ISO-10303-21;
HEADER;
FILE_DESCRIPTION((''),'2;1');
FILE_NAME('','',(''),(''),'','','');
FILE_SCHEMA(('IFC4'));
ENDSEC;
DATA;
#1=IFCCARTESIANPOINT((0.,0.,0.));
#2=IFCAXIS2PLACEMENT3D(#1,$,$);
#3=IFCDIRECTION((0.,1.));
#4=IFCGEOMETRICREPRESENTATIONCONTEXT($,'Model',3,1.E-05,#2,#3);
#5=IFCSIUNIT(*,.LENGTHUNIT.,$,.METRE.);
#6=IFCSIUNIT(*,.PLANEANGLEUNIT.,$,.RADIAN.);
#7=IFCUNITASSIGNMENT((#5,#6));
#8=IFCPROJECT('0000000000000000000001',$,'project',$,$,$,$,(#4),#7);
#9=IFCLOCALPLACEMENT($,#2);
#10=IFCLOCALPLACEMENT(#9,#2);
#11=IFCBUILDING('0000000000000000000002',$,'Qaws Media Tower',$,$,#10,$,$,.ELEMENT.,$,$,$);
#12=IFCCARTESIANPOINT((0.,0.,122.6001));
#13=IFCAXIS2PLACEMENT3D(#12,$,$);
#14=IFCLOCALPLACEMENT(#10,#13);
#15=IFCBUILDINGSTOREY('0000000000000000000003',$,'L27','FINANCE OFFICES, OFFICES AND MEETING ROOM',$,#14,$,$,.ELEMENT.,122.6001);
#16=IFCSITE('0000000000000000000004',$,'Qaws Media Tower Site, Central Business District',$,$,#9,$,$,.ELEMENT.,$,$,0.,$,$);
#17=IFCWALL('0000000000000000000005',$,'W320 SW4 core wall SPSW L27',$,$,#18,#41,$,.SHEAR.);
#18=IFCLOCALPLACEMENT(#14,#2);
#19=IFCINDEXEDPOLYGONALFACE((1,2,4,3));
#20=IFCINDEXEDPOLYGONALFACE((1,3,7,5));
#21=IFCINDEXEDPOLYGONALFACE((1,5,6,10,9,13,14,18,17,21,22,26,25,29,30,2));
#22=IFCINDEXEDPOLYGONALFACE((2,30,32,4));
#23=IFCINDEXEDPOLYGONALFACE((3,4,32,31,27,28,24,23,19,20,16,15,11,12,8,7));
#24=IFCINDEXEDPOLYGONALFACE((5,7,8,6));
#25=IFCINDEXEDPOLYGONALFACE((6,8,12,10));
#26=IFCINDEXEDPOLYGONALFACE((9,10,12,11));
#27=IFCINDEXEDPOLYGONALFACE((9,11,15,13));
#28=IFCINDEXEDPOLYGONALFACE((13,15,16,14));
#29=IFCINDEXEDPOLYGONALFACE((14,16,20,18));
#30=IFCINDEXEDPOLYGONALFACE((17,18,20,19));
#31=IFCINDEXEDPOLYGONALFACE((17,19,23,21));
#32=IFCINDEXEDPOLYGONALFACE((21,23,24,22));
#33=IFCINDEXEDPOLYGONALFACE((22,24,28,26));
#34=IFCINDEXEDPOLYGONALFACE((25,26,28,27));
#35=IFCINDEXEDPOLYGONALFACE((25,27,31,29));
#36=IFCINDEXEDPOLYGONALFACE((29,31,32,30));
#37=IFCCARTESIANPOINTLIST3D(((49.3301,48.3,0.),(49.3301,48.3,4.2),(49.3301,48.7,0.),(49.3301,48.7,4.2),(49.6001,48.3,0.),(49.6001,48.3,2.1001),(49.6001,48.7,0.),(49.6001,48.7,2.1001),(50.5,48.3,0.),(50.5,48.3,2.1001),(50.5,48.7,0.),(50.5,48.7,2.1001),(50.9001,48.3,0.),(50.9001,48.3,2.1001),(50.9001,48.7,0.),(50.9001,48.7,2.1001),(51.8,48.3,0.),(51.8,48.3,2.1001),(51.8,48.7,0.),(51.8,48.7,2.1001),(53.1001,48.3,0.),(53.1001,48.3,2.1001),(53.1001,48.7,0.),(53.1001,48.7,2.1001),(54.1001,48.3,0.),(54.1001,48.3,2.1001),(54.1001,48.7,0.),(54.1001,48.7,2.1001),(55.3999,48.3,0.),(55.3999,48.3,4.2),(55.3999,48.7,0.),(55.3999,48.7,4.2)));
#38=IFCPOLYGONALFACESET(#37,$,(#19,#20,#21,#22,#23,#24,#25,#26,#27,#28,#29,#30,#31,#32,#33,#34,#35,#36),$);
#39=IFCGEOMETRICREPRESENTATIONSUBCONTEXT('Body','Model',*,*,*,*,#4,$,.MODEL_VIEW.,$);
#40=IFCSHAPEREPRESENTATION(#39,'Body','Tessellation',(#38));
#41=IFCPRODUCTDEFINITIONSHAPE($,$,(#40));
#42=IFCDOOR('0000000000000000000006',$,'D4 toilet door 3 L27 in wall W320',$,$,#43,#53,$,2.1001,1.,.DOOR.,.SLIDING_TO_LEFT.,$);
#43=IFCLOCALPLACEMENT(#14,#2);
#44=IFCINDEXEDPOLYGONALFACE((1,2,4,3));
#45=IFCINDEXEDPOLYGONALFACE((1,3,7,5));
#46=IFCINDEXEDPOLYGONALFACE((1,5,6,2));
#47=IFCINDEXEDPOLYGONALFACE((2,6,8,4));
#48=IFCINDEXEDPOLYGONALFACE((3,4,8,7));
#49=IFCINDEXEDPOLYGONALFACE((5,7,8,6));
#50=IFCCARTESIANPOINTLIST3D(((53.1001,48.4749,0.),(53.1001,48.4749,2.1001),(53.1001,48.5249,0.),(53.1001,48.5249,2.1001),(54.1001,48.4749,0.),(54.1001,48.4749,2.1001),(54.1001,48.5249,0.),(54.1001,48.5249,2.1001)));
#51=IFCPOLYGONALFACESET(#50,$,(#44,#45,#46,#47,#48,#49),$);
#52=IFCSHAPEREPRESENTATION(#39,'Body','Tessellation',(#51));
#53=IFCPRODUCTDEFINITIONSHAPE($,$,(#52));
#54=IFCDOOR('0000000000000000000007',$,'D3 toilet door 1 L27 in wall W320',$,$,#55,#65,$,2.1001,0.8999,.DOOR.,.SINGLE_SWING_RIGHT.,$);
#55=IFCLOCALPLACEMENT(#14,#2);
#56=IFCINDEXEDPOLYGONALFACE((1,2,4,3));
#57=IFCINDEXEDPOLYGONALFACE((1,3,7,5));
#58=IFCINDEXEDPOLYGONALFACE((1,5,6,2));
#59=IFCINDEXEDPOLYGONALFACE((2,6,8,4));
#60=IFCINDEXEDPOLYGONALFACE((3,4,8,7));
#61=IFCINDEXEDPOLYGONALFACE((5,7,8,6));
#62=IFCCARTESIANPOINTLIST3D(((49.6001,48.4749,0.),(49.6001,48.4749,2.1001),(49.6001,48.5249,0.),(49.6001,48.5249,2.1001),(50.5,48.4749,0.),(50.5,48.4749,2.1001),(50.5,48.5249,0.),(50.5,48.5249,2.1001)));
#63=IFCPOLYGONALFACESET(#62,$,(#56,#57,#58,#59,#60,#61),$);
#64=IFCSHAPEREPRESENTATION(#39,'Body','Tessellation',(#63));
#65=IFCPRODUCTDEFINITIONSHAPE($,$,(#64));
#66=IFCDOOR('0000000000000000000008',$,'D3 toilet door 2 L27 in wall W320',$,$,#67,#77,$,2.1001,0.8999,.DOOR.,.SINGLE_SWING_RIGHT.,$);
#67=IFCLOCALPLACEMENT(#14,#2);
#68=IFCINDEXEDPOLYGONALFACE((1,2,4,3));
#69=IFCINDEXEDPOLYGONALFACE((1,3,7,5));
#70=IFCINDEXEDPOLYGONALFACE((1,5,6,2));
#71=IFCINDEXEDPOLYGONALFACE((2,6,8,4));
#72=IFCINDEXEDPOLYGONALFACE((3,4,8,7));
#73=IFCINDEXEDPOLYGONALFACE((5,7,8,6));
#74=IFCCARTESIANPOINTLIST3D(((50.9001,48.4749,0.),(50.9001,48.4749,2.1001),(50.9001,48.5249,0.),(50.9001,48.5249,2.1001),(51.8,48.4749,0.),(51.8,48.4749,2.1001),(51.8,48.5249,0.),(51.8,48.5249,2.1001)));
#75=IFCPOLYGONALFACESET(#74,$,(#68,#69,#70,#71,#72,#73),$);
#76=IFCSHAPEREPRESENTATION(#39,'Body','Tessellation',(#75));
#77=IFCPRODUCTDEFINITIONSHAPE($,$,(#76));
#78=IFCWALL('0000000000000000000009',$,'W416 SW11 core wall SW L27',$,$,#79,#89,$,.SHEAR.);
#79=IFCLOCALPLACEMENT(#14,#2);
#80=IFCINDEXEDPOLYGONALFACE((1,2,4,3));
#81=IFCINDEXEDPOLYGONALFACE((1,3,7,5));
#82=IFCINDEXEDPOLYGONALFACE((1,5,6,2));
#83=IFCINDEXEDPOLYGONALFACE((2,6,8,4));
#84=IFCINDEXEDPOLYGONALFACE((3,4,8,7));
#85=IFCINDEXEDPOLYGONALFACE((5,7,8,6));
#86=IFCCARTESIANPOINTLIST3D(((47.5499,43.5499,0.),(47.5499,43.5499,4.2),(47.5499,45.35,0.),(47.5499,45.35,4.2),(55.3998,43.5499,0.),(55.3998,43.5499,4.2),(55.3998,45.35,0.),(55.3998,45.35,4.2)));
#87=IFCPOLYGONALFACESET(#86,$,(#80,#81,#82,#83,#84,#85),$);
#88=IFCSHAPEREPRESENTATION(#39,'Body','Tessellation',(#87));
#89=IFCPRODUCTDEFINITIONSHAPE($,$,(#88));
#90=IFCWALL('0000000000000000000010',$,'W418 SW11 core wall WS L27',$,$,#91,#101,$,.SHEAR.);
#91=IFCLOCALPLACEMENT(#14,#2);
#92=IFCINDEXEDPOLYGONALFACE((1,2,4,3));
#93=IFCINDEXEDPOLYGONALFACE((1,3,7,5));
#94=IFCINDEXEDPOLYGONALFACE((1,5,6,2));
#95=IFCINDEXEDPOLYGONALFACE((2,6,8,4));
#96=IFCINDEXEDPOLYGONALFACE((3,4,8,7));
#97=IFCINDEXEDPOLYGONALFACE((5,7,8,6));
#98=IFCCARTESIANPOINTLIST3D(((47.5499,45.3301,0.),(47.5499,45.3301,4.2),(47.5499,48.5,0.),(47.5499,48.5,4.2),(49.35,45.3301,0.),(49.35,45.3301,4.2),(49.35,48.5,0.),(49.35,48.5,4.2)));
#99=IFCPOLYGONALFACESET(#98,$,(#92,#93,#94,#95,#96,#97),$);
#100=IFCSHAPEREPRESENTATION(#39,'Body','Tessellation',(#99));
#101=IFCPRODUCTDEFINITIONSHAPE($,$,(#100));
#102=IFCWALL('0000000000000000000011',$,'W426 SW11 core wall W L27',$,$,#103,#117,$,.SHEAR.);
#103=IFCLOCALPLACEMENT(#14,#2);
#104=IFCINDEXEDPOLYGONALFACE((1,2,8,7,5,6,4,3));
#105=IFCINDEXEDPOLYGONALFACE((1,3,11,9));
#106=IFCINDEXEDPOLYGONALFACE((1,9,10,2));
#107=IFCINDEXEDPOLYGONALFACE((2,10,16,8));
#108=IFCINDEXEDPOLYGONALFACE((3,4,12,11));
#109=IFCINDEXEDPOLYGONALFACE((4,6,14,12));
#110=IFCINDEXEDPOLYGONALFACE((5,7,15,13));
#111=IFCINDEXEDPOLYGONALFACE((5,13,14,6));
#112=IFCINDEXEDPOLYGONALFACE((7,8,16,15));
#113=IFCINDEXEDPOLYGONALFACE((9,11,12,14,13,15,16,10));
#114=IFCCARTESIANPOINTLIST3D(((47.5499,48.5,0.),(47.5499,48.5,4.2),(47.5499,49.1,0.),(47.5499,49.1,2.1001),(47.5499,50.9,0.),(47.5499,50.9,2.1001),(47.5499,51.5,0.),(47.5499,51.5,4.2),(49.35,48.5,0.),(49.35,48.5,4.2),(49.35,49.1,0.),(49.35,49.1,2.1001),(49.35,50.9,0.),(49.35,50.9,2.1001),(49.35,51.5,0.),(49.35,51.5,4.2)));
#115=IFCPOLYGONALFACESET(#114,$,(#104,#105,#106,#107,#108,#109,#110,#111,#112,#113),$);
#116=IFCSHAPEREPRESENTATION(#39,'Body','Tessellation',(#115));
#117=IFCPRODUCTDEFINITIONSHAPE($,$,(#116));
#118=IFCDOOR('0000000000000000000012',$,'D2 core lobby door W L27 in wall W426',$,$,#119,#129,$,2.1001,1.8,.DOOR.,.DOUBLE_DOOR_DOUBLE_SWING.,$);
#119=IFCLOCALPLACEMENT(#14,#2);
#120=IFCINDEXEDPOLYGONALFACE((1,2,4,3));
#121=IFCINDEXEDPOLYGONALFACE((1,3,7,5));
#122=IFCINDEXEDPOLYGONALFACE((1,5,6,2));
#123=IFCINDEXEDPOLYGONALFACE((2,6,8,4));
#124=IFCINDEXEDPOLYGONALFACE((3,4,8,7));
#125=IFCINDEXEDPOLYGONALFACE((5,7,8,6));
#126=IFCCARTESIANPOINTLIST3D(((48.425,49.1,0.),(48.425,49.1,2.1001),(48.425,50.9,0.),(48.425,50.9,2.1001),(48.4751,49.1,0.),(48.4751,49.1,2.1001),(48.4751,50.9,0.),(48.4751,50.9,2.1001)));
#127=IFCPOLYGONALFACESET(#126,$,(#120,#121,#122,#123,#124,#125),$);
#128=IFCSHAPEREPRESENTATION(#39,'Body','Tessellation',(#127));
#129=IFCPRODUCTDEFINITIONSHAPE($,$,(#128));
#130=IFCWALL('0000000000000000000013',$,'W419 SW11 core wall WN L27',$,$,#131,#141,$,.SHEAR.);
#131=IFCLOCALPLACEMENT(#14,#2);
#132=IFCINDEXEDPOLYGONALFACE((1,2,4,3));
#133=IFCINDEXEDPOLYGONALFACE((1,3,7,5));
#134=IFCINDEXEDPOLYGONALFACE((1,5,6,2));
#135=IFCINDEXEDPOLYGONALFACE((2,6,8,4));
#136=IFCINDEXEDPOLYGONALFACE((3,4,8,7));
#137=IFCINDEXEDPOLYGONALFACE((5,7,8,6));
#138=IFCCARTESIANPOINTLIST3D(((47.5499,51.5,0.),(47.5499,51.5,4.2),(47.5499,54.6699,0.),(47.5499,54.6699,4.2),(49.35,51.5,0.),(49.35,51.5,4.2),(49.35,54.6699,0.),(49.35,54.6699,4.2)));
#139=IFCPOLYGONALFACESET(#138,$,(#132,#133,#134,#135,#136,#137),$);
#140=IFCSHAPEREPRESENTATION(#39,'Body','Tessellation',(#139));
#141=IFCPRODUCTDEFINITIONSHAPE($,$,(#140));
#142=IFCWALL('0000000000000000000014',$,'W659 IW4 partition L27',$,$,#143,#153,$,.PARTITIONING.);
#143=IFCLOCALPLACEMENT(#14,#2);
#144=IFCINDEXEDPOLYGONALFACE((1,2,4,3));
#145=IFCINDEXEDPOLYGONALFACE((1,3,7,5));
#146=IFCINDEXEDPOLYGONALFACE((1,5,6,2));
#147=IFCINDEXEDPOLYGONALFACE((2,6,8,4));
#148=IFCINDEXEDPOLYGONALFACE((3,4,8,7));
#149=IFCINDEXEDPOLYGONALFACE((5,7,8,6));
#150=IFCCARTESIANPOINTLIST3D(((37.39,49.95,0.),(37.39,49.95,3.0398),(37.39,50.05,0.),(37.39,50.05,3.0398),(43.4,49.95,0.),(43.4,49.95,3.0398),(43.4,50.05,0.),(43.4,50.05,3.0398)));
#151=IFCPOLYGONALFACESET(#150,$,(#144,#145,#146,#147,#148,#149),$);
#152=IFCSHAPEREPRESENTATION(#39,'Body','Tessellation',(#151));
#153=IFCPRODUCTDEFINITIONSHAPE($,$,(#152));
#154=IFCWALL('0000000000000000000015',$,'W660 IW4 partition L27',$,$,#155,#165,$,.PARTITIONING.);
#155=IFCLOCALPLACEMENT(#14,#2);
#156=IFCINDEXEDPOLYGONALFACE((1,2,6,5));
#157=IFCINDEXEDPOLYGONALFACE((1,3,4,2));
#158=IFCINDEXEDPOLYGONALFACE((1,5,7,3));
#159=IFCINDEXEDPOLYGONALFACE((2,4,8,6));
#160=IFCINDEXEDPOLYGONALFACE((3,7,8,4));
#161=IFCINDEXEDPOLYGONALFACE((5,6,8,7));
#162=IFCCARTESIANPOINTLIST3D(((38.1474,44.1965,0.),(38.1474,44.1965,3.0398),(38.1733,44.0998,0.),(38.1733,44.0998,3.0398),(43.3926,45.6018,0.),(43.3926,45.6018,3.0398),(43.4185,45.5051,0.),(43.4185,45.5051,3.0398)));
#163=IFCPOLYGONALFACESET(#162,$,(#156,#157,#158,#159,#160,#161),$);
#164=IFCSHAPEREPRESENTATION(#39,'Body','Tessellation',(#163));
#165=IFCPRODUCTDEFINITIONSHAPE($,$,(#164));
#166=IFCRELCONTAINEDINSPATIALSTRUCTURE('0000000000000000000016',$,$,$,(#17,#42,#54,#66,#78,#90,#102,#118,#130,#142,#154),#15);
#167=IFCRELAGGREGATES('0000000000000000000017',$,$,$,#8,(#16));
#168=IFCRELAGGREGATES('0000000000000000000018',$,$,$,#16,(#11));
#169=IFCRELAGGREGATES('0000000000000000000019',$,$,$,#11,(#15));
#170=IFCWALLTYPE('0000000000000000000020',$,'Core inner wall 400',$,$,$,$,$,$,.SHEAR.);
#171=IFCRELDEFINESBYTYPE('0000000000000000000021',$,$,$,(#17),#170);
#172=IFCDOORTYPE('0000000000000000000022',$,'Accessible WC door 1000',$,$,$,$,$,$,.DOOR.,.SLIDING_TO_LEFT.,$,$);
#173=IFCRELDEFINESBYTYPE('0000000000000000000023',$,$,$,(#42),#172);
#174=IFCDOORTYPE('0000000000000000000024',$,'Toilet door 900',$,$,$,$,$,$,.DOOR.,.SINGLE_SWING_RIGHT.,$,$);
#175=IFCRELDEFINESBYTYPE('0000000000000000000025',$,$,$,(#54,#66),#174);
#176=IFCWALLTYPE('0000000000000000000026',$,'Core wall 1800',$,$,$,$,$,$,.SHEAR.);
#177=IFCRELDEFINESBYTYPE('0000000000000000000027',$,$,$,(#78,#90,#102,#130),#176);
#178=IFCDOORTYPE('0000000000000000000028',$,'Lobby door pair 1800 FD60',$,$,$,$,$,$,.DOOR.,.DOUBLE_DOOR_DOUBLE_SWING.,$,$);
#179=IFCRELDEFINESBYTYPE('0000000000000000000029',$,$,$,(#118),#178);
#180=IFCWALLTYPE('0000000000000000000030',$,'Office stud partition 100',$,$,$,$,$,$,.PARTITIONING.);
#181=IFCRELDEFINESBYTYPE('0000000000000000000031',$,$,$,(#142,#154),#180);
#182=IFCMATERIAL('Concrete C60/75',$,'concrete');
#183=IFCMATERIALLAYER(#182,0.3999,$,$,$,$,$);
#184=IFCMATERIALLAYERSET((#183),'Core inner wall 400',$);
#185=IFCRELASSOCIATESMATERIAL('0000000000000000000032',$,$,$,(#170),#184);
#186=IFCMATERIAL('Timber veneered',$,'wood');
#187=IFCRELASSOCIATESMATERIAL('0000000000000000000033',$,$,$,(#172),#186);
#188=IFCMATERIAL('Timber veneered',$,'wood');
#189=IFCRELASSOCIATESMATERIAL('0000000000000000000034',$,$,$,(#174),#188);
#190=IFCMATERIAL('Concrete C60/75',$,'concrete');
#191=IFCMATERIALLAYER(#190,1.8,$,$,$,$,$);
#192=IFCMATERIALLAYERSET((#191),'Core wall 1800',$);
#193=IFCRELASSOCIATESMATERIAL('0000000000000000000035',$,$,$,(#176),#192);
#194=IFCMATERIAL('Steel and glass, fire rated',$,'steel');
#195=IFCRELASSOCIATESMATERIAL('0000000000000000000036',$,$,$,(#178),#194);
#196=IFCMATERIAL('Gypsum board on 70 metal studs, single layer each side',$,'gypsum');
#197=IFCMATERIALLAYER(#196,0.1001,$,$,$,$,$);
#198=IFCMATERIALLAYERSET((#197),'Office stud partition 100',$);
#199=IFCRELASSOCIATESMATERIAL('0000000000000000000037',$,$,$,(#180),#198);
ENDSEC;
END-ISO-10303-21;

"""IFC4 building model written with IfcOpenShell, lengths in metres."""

from ifc_helpers import new_model, si_unit, direction, frame, frame_2d, origin, place, context, subcontext, project, spatial, rectangle, extrude, material, layer, layer_set, type_object, element, fill, save


model = new_model("IFC4")

# Units and contexts
model_context = context("Model", 3, precision=1e-05, world=origin(), true_north=direction((0.0, 1.0)))
body_context = subcontext(model_context, "Body", "Model", "MODEL_VIEW")
ifc_project = project(units=[si_unit("LENGTHUNIT", "METRE"), si_unit("PLANEANGLEUNIT", "RADIAN")], contexts=[model_context])

# Site, building, storey
site_placement = place(None, origin())
site = spatial("IfcSite", under=ifc_project, at=site_placement, Name="Qaws Media Tower Site, Central Business District", CompositionType="ELEMENT", RefElevation=0.0)
building_placement = place(site_placement, origin())
building = spatial("IfcBuilding", under=site, at=building_placement, Name="Qaws Media Tower", CompositionType="ELEMENT")
storey_placement = place(building_placement, frame((0.0, 0.0, 122.6001)))
storey = spatial("IfcBuildingStorey", under=building, at=storey_placement, Name="L27", Description="FINANCE OFFICES, OFFICES AND MEETING ROOM", CompositionType="ELEMENT", Elevation=122.6001)

# Shared definitions
ifc_material_1 = material(Name="Concrete C60/75", Category="concrete")
ifc_layer_1 = layer(ifc_material_1, 0.3999)
ifc_layer_set_1 = layer_set([ifc_layer_1], Name="Core inner wall 400")
wall_type_1 = type_object("IfcWallType", Name="Core inner wall 400", PredefinedType="SHEAR", material=ifc_layer_set_1)

# Wall, openings, doors
wall_1_placement = place(storey_placement, frame((49.3301, 48.5, 0.0), z_axis=(0.0, 0.0, 1.0), x_axis=(1.0, 0.0, 0.0)))
wall_1 = element("IfcWall", 1, at=wall_1_placement, inside=storey, type_object=wall_type_1, Name="W320 SW4 core wall SPSW L27", PredefinedType="SHEAR", context=body_context, shape_type="SweptSolid", body=[
    extrude(rectangle(XDim=6.0698, YDim=0.3999, at=frame_2d((3.0349, 0.0))), origin(), (0.0, 0.0, 1.0), 4.2),
])
opening_1_placement = place(wall_1_placement, frame((0.27, 0.0, 0.0)))
opening_1 = element("IfcOpeningElement", 2, at=opening_1_placement, cuts=wall_1, PredefinedType="OPENING", context=body_context, shape_type="SweptSolid", body=[
    extrude(rectangle(XDim=0.8999, YDim=2.1001, at=frame_2d((0.45, 1.05))), frame((0.0, 0.21, 0.0), z_axis=(0.0, -1.0, 0.0), x_axis=(1.0, 0.0, 0.0)), (0.0, 0.0, 1.0), 0.4199),
])
opening_2_placement = place(wall_1_placement, frame((1.5701, 0.0, 0.0)))
opening_2 = element("IfcOpeningElement", 3, at=opening_2_placement, cuts=wall_1, PredefinedType="OPENING", context=body_context, shape_type="SweptSolid", body=[
    extrude(rectangle(XDim=0.8999, YDim=2.1001, at=frame_2d((0.45, 1.05))), frame((0.0, 0.21, 0.0), z_axis=(0.0, -1.0, 0.0), x_axis=(1.0, 0.0, 0.0)), (0.0, 0.0, 1.0), 0.4199),
])
opening_3_placement = place(wall_1_placement, frame((3.77, 0.0, 0.0)))
opening_3 = element("IfcOpeningElement", 4, at=opening_3_placement, cuts=wall_1, PredefinedType="OPENING", context=body_context, shape_type="SweptSolid", body=[
    extrude(rectangle(XDim=1.0, YDim=2.1001, at=frame_2d((0.5, 1.05))), frame((0.0, 0.21, 0.0), z_axis=(0.0, -1.0, 0.0), x_axis=(1.0, 0.0, 0.0)), (0.0, 0.0, 1.0), 0.4199),
])
ifc_material_2 = material(Name="Timber veneered", Category="wood")
door_type_1 = type_object("IfcDoorType", Name="Accessible WC door 1000", OperationType="SLIDING_TO_LEFT", PredefinedType="DOOR", material=ifc_material_2)
door_1_placement = place(opening_3_placement, origin())
door_1 = element("IfcDoor", 5, at=door_1_placement, inside=storey, type_object=door_type_1, Name="D4 toilet door 3 L27 in wall W320", OperationType="SLIDING_TO_LEFT", OverallHeight=2.1001, OverallWidth=1.0, PredefinedType="DOOR", context=body_context, shape_type="SweptSolid", body=[
    extrude(rectangle(XDim=1.0, YDim=2.1001, at=frame_2d((0.5, 1.05))), frame((0.0, 0.0249, 0.0), z_axis=(0.0, -1.0, 0.0), x_axis=(1.0, 0.0, 0.0)), (0.0, 0.0, 1.0), 0.05),
])
fill(opening_3, door_1)
ifc_material_3 = material(Name="Timber veneered", Category="wood")
door_type_2 = type_object("IfcDoorType", Name="Toilet door 900", OperationType="SINGLE_SWING_RIGHT", PredefinedType="DOOR", material=ifc_material_3)
door_2_placement = place(opening_1_placement, origin())
door_2 = element("IfcDoor", 6, at=door_2_placement, inside=storey, type_object=door_type_2, Name="D3 toilet door 1 L27 in wall W320", OperationType="SINGLE_SWING_RIGHT", OverallHeight=2.1001, OverallWidth=0.8999, PredefinedType="DOOR", context=body_context, shape_type="SweptSolid", body=[
    extrude(rectangle(XDim=0.8999, YDim=2.1001, at=frame_2d((0.45, 1.05))), frame((0.0, 0.0249, 0.0), z_axis=(0.0, -1.0, 0.0), x_axis=(1.0, 0.0, 0.0)), (0.0, 0.0, 1.0), 0.05),
])
fill(opening_1, door_2)
door_3_placement = place(opening_2_placement, origin())
door_3 = element("IfcDoor", 7, at=door_3_placement, inside=storey, type_object=door_type_2, Name="D3 toilet door 2 L27 in wall W320", OperationType="SINGLE_SWING_RIGHT", OverallHeight=2.1001, OverallWidth=0.8999, PredefinedType="DOOR", context=body_context, shape_type="SweptSolid", body=[
    extrude(rectangle(XDim=0.8999, YDim=2.1001, at=frame_2d((0.45, 1.05))), frame((0.0, 0.0249, 0.0), z_axis=(0.0, -1.0, 0.0), x_axis=(1.0, 0.0, 0.0)), (0.0, 0.0, 1.0), 0.05),
])
fill(opening_2, door_3)

# Walls
ifc_material_4 = material(Name="Concrete C60/75", Category="concrete")
ifc_layer_2 = layer(ifc_material_4, 1.8)
ifc_layer_set_2 = layer_set([ifc_layer_2], Name="Core wall 1800")
wall_type_2 = type_object("IfcWallType", Name="Core wall 1800", PredefinedType="SHEAR", material=ifc_layer_set_2)
wall_2_placement = place(storey_placement, frame((47.55, 44.45, 0.0), z_axis=(0.0, 0.0, 1.0), x_axis=(1.0, 0.0, 0.0)))
element("IfcWall", 8, at=wall_2_placement, inside=storey, type_object=wall_type_2, Name="W416 SW11 core wall SW L27", PredefinedType="SHEAR", context=body_context, shape_type="SweptSolid", body=[
    extrude(rectangle(XDim=7.8499, YDim=1.8, at=frame_2d((3.9248, 0.0))), origin(), (0.0, 0.0, 1.0), 4.2),
])
wall_3_placement = place(storey_placement, frame((48.45, 45.3301, 0.0), z_axis=(0.0, 0.0, 1.0), x_axis=(0.0, 1.0, 0.0)))
element("IfcWall", 9, at=wall_3_placement, inside=storey, type_object=wall_type_2, Name="W418 SW11 core wall WS L27", PredefinedType="SHEAR", context=body_context, shape_type="SweptSolid", body=[
    extrude(rectangle(XDim=3.1699, YDim=1.8, at=frame_2d((1.585, 0.0))), origin(), (0.0, 0.0, 1.0), 4.2),
])

# Wall, opening, door
wall_4_placement = place(storey_placement, frame((48.45, 48.5, 0.0), z_axis=(0.0, 0.0, 1.0), x_axis=(0.0, 1.0, 0.0)))
wall_4 = element("IfcWall", 10, at=wall_4_placement, inside=storey, type_object=wall_type_2, Name="W426 SW11 core wall W L27", PredefinedType="SHEAR", context=body_context, shape_type="SweptSolid", body=[
    extrude(rectangle(XDim=3.0, YDim=1.8, at=frame_2d((1.5, 0.0))), origin(), (0.0, 0.0, 1.0), 4.2),
])
opening_4_placement = place(wall_4_placement, frame((0.6001, 0.0, 0.0)))
opening_4 = element("IfcOpeningElement", 11, at=opening_4_placement, cuts=wall_4, PredefinedType="OPENING", context=body_context, shape_type="SweptSolid", body=[
    extrude(rectangle(XDim=1.8, YDim=2.1001, at=frame_2d((0.8999, 1.05))), frame((0.0, 0.9099, 0.0), z_axis=(0.0, -1.0, 0.0), x_axis=(1.0, 0.0, 0.0)), (0.0, 0.0, 1.0), 1.8201),
])
ifc_material_5 = material(Name="Steel and glass, fire rated", Category="steel")
door_type_3 = type_object("IfcDoorType", Name="Lobby door pair 1800 FD60", OperationType="DOUBLE_DOOR_DOUBLE_SWING", PredefinedType="DOOR", material=ifc_material_5)
door_4_placement = place(opening_4_placement, origin())
door_4 = element("IfcDoor", 12, at=door_4_placement, inside=storey, type_object=door_type_3, Name="D2 core lobby door W L27 in wall W426", OperationType="DOUBLE_DOOR_DOUBLE_SWING", OverallHeight=2.1001, OverallWidth=1.8, PredefinedType="DOOR", context=body_context, shape_type="SweptSolid", body=[
    extrude(rectangle(XDim=1.8, YDim=2.1001, at=frame_2d((0.8999, 1.05))), frame((0.0, 0.0249, 0.0), z_axis=(0.0, -1.0, 0.0), x_axis=(1.0, 0.0, 0.0)), (0.0, 0.0, 1.0), 0.05),
])
fill(opening_4, door_4)

# Walls
wall_5_placement = place(storey_placement, frame((48.45, 51.5, 0.0), z_axis=(0.0, 0.0, 1.0), x_axis=(0.0, 1.0, 0.0)))
element("IfcWall", 13, at=wall_5_placement, inside=storey, type_object=wall_type_2, Name="W419 SW11 core wall WN L27", PredefinedType="SHEAR", context=body_context, shape_type="SweptSolid", body=[
    extrude(rectangle(XDim=3.1699, YDim=1.8, at=frame_2d((1.585, 0.0))), origin(), (0.0, 0.0, 1.0), 4.2),
])
ifc_material_6 = material(Name="Gypsum board on 70 metal studs, single layer each side", Category="gypsum")
ifc_layer_3 = layer(ifc_material_6, 0.1001)
ifc_layer_set_3 = layer_set([ifc_layer_3], Name="Office stud partition 100")
wall_type_3 = type_object("IfcWallType", Name="Office stud partition 100", PredefinedType="PARTITIONING", material=ifc_layer_set_3)
wall_6_placement = place(storey_placement, frame((43.3999, 50.0, 0.0), z_axis=(0.0, 0.0, 1.0), x_axis=(-1.0, 0.0, 0.0)))
element("IfcWall", 14, at=wall_6_placement, inside=storey, type_object=wall_type_3, Name="W659 IW4 partition L27", PredefinedType="PARTITIONING", context=body_context, shape_type="SweptSolid", body=[
    extrude(rectangle(XDim=6.01, YDim=0.1001, at=frame_2d((3.0049, 0.0))), origin(), (0.0, 0.0, 1.0), 3.0398),
])
wall_7_placement = place(storey_placement, frame((43.4055, 45.5535, 0.0), z_axis=(0.0, 0.0, 1.0), x_axis=(-0.965933, -0.258793, 0.0)))
element("IfcWall", 15, at=wall_7_placement, inside=storey, type_object=wall_type_3, Name="W660 IW4 partition L27", PredefinedType="PARTITIONING", context=body_context, shape_type="SweptSolid", body=[
    extrude(rectangle(XDim=5.4302, YDim=0.1001, at=frame_2d((2.7151, 0.0))), origin(), (0.0, 0.0, 1.0), 3.0398),
])

save(model, "model.ifc")
